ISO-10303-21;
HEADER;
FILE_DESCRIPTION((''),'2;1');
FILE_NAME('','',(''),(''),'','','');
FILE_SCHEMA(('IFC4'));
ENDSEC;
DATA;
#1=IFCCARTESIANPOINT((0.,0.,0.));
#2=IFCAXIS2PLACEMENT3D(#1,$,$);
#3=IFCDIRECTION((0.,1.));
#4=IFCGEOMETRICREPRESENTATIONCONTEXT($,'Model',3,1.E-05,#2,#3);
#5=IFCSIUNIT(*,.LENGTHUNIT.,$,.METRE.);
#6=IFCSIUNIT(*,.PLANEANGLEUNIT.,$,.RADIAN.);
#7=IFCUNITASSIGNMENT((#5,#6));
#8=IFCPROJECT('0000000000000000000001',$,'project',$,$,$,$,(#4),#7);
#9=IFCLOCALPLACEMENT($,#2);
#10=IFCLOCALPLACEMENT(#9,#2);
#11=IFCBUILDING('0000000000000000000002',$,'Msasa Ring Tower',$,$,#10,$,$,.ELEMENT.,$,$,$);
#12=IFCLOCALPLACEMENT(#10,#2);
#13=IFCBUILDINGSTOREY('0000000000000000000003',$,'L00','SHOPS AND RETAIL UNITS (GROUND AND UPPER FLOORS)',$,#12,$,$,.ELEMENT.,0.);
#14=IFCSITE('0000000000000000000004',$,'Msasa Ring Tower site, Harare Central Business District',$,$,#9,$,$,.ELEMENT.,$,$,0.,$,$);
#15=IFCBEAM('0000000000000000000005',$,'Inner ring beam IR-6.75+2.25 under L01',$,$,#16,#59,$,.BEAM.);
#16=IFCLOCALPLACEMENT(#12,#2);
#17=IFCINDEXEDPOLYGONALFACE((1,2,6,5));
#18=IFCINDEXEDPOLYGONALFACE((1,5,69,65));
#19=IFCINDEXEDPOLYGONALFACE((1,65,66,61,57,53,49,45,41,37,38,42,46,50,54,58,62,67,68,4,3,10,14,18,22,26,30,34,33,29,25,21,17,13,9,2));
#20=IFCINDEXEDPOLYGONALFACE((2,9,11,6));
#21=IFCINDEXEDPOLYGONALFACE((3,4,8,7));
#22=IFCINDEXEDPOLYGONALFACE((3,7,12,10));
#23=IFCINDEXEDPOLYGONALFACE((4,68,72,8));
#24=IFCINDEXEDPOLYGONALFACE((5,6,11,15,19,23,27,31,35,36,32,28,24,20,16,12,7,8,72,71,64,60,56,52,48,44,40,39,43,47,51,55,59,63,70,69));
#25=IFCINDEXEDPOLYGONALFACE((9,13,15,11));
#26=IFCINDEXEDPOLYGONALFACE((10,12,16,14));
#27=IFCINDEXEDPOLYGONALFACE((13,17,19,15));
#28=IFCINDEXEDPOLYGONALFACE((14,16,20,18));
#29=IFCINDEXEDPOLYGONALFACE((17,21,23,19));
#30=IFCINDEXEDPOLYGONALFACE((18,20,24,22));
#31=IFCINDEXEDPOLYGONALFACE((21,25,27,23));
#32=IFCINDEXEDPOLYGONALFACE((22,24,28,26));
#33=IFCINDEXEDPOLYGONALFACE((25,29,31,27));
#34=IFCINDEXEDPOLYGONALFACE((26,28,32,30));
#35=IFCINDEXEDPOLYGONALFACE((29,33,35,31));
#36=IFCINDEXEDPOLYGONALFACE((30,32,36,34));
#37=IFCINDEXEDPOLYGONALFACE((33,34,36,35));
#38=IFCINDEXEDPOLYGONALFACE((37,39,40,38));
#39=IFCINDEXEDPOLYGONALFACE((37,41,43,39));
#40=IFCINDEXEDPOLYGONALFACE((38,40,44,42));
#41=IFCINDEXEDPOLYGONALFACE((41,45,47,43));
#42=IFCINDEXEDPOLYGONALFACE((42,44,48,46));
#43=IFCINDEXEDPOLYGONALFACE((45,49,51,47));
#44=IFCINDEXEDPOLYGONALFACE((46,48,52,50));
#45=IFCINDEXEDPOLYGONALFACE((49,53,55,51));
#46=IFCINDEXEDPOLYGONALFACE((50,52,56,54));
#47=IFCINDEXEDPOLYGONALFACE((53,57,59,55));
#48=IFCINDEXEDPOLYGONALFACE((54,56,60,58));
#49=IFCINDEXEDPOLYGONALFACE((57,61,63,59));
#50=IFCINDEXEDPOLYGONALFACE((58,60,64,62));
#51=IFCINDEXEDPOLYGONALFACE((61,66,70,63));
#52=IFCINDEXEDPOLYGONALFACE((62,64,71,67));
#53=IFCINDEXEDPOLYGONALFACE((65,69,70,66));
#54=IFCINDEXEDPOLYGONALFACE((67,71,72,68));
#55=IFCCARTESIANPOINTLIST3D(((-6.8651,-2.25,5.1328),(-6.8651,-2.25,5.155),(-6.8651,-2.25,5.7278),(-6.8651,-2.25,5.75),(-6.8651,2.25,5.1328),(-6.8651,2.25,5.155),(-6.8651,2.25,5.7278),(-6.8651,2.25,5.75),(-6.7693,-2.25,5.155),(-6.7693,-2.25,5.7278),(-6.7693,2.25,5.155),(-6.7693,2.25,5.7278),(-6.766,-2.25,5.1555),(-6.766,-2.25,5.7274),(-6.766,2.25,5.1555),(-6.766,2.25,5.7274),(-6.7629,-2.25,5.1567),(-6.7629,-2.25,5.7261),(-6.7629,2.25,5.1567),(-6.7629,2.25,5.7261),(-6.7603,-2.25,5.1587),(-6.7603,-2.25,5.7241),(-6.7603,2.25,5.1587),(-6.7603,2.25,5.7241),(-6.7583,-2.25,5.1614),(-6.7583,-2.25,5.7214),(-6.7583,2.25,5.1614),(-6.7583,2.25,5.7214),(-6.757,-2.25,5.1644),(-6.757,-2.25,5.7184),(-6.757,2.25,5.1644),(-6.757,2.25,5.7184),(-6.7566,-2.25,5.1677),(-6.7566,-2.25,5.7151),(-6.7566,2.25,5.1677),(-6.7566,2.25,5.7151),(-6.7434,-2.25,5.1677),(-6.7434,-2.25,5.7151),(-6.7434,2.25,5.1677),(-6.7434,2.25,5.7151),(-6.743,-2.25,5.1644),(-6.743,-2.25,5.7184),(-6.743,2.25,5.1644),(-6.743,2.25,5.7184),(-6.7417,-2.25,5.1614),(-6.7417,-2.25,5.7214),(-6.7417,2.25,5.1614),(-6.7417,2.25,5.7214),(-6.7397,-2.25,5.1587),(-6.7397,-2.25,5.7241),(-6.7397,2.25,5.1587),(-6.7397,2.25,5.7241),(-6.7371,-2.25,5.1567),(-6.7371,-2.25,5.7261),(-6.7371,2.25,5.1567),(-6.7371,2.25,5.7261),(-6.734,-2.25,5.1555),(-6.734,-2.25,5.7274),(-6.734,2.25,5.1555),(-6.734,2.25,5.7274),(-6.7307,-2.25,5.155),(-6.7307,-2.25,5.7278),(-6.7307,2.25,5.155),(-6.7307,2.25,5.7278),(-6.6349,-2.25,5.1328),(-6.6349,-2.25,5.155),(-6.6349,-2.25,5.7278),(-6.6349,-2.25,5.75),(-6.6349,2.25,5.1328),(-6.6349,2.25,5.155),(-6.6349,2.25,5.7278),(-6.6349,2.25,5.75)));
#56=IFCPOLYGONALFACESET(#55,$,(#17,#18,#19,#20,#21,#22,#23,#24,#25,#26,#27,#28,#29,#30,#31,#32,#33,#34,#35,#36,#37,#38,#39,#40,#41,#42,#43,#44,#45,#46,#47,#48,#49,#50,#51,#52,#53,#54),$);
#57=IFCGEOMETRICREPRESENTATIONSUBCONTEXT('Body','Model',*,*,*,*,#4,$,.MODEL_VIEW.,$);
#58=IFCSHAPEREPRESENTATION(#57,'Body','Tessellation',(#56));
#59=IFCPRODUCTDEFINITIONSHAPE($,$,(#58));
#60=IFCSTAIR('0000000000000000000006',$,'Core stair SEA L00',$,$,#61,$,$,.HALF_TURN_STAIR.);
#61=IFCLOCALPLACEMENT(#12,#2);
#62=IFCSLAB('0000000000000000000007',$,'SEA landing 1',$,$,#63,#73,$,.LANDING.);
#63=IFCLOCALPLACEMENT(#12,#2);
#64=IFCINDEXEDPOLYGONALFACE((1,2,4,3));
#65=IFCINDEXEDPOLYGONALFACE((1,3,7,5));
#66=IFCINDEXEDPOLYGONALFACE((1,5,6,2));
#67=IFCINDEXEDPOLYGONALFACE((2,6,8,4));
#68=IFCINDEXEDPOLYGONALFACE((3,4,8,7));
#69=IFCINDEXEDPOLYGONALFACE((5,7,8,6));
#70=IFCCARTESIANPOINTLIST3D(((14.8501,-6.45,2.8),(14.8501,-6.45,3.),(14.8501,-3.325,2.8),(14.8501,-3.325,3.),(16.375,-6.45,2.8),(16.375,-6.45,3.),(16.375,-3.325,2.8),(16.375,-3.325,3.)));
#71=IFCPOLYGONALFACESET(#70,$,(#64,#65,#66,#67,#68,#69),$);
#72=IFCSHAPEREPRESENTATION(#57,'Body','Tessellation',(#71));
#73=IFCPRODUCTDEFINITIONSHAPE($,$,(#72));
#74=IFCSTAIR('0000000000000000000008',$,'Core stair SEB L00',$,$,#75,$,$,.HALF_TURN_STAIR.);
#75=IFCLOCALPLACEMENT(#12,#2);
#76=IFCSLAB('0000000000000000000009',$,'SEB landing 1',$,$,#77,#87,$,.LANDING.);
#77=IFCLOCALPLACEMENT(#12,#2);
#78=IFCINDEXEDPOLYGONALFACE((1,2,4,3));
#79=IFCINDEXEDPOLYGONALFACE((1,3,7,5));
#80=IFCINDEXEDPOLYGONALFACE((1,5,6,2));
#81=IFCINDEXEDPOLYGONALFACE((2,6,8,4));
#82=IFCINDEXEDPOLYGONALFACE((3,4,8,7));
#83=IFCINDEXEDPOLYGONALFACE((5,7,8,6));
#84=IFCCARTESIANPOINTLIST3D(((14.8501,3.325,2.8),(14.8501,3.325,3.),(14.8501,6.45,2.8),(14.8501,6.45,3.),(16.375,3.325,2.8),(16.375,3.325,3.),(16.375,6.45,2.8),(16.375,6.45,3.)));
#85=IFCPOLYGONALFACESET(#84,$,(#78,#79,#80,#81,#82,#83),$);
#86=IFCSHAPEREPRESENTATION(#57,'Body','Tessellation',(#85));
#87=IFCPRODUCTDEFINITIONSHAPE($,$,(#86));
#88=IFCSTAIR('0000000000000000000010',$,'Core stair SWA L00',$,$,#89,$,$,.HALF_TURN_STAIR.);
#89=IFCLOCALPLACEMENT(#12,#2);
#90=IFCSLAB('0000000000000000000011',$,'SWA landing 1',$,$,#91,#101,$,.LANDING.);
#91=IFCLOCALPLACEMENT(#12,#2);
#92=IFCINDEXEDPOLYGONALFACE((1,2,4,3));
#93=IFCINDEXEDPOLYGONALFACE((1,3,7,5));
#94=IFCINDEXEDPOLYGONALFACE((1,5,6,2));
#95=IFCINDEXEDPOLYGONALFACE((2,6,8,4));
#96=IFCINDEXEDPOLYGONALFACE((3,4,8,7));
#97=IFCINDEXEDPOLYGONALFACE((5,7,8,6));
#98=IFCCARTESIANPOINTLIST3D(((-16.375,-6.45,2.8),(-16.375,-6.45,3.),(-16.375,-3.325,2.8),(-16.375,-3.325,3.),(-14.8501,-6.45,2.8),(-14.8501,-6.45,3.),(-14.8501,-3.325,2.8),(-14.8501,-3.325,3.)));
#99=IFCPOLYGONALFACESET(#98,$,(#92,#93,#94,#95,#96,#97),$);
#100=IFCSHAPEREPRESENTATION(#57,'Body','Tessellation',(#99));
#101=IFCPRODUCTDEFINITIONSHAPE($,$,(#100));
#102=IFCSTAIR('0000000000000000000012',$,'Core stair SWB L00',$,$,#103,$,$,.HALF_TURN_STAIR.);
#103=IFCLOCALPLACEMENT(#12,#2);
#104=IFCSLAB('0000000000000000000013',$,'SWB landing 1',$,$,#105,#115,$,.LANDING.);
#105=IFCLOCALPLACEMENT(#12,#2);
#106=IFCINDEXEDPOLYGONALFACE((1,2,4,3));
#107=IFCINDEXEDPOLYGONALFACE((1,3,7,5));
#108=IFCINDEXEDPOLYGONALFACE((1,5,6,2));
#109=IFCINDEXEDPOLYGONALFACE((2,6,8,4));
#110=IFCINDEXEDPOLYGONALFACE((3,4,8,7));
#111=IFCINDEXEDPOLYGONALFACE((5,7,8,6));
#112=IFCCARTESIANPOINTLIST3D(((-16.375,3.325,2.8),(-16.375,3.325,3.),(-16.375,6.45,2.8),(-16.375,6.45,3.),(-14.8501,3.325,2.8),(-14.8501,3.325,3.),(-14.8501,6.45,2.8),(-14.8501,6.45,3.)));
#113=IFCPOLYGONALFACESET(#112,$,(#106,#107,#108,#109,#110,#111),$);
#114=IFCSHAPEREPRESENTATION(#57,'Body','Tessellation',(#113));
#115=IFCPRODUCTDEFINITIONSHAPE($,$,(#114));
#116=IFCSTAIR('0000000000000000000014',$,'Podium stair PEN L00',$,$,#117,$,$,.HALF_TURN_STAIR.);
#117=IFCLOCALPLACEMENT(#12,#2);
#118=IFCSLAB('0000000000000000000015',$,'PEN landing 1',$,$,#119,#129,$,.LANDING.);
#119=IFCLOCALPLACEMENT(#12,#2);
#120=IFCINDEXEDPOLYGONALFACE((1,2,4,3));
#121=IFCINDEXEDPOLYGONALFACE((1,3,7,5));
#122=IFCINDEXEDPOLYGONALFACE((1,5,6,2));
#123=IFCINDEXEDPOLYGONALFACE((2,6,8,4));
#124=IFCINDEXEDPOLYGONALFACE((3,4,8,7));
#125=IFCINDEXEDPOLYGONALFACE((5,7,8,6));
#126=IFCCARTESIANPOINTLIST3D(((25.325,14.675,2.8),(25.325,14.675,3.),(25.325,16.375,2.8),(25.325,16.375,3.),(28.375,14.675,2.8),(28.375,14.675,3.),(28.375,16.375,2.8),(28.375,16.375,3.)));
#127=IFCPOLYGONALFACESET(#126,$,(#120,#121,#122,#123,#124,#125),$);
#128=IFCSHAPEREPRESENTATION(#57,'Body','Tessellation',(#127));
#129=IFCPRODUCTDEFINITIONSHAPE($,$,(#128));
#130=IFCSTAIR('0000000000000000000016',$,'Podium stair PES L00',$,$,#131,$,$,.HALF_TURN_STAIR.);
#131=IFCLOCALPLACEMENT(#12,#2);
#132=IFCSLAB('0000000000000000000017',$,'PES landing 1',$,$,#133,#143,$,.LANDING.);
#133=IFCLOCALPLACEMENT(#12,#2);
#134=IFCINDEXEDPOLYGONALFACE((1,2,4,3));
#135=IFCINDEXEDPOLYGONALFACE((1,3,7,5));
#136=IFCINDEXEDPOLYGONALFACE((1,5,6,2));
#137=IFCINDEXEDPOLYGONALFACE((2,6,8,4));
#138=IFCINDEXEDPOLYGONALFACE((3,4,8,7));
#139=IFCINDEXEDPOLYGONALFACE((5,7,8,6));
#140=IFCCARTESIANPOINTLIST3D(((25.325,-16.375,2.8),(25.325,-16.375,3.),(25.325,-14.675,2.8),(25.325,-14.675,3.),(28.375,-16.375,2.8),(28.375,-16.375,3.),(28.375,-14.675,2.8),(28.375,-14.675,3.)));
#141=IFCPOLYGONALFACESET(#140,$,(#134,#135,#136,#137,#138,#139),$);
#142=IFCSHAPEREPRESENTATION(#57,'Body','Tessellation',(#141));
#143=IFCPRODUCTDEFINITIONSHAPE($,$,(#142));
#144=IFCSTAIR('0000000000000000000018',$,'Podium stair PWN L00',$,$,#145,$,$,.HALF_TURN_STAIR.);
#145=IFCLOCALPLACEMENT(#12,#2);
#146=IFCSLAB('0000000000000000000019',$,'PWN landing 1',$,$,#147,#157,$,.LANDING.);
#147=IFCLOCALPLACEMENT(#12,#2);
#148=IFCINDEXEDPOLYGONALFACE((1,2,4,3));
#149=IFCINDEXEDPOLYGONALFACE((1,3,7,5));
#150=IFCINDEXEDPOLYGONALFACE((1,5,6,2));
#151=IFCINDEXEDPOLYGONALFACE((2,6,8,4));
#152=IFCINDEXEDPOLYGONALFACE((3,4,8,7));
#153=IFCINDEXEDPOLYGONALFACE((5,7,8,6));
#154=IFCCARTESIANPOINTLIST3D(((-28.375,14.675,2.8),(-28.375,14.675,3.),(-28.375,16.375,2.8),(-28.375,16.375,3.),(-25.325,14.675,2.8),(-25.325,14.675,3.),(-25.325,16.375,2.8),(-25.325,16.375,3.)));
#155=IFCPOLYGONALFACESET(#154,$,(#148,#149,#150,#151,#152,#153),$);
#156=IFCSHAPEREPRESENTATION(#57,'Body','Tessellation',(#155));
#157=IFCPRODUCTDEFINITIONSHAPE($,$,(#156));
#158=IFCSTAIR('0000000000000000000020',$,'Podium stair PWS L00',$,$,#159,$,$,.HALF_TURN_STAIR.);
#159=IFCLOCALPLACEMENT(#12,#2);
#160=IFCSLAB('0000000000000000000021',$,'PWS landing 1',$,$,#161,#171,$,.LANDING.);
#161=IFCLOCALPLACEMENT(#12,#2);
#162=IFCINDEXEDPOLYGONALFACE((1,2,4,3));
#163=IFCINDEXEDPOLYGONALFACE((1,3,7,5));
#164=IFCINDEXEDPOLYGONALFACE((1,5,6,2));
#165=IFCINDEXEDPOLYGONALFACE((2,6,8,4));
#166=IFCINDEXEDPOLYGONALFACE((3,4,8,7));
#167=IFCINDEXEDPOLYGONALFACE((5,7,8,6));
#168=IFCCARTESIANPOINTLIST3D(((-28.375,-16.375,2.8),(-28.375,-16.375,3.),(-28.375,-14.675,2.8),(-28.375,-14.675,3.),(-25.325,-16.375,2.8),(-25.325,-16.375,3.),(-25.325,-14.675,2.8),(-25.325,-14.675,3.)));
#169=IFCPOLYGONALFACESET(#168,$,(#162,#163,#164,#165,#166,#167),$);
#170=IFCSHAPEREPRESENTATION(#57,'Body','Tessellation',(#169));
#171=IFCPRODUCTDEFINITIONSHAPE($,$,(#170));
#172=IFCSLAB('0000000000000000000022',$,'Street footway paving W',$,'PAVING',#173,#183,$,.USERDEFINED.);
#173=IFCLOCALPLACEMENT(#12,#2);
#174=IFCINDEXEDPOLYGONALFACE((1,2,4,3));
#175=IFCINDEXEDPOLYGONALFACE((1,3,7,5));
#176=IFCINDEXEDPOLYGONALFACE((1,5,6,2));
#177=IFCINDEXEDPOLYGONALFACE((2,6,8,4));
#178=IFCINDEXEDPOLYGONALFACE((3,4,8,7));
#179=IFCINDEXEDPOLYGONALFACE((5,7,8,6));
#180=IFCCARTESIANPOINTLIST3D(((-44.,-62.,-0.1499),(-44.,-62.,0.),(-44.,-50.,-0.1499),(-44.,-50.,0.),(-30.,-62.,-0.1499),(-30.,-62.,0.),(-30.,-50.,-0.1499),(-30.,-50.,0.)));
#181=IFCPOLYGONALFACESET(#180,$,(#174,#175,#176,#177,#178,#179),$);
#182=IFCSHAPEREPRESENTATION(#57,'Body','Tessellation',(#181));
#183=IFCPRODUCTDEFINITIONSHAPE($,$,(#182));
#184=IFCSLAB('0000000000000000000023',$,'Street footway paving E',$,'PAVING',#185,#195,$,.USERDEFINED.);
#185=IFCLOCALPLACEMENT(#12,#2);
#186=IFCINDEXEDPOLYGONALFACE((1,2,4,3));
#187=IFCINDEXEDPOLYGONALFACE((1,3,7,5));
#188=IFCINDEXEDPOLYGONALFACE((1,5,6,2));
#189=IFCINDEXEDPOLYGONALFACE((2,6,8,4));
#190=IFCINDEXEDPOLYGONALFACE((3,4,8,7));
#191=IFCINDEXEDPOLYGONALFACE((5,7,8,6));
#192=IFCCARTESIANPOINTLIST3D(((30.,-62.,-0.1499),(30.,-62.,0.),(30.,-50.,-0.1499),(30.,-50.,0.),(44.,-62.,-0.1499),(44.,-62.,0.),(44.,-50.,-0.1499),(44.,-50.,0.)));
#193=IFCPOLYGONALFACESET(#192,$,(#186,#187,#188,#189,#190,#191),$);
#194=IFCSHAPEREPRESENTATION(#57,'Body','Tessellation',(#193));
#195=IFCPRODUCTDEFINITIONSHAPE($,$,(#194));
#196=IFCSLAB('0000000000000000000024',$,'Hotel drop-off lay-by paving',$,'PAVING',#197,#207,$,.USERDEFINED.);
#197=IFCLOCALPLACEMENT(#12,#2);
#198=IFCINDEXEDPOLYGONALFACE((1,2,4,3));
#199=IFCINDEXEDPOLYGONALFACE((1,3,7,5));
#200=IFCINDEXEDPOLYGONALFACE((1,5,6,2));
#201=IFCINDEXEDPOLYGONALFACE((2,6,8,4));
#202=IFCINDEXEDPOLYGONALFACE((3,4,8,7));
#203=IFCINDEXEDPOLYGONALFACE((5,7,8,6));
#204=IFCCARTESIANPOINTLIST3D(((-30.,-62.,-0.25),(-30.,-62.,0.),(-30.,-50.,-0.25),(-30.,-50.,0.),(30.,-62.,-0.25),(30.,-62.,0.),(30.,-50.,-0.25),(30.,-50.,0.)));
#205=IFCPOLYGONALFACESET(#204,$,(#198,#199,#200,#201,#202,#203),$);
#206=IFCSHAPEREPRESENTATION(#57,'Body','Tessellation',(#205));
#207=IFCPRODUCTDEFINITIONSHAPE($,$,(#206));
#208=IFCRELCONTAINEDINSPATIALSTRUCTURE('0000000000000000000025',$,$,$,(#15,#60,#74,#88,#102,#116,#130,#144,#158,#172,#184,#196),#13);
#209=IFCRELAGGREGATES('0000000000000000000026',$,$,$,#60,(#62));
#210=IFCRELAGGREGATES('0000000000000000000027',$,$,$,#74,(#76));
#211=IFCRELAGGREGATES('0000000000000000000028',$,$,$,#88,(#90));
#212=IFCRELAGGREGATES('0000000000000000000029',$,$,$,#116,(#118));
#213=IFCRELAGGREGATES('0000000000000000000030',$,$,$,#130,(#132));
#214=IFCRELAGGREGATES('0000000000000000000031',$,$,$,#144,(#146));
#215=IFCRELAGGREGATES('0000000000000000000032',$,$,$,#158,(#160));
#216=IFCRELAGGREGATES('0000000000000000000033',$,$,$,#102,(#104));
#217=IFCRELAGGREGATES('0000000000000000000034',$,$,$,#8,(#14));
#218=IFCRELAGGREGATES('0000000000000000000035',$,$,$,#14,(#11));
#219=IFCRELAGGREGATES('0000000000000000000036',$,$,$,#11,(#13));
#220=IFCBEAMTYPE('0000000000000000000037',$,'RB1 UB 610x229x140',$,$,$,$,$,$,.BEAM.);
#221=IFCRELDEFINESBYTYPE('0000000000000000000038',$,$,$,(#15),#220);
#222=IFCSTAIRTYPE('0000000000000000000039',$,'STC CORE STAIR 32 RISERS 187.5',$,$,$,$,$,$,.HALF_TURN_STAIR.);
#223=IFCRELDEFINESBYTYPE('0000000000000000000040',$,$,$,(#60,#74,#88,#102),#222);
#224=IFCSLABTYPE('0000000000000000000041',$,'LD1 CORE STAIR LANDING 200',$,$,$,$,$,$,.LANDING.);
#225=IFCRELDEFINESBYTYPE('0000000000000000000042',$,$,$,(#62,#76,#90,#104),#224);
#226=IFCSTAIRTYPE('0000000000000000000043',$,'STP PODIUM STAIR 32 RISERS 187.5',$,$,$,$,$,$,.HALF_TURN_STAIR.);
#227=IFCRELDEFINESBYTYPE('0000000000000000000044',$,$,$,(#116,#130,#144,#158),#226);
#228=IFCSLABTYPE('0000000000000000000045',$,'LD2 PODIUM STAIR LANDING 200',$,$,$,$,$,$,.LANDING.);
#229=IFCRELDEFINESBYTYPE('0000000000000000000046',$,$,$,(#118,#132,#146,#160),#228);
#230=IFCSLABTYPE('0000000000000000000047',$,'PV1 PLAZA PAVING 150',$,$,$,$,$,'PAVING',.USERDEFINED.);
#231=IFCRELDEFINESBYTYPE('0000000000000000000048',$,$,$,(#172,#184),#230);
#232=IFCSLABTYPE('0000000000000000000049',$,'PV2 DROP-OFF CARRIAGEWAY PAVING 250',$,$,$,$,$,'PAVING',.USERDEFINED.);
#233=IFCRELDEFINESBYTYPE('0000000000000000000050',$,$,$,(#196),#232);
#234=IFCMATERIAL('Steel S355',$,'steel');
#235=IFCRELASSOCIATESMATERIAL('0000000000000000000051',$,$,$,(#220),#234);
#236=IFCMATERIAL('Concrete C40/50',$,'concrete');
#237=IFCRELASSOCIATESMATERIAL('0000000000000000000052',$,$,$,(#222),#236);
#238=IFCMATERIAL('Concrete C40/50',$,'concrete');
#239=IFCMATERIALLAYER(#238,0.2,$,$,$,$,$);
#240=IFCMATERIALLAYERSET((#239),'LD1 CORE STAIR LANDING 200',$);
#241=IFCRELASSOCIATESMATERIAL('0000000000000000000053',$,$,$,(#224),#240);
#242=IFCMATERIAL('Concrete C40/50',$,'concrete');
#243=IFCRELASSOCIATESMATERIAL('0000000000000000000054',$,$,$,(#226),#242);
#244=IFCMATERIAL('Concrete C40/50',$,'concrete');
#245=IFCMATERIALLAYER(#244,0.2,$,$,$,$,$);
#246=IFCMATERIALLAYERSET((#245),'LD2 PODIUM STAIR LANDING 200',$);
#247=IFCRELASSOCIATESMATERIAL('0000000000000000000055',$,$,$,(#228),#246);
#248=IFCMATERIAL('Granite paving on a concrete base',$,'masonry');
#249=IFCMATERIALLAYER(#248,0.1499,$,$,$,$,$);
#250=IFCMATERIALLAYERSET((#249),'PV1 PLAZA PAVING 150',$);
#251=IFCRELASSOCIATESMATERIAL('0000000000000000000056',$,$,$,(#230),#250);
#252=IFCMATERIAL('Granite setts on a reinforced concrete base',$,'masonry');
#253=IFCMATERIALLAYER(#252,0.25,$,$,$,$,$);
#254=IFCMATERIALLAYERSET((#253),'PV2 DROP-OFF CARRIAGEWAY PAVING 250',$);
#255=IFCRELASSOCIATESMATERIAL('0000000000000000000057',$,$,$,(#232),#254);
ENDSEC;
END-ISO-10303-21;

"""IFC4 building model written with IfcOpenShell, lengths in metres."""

from ifc_helpers import new_model, si_unit, direction, frame, origin, origin_2d, place, context, subcontext, project, spatial, polyline, i_section, outline, extrude, material, layer, layer_set, material_profile, profile_set, type_object, element, aggregate, save


model = new_model("IFC4")

# Units and contexts
model_context = context("Model", 3, precision=1e-05, world=origin(), true_north=direction((0.0, 1.0)))
body_context = subcontext(model_context, "Body", "Model", "MODEL_VIEW")
ifc_project = project(units=[si_unit("LENGTHUNIT", "METRE"), si_unit("PLANEANGLEUNIT", "RADIAN")], contexts=[model_context])

# Site, building, storey
site_placement = place(None, origin())
site = spatial("IfcSite", under=ifc_project, at=site_placement, Name="Msasa Ring Tower site, Harare Central Business District", CompositionType="ELEMENT", RefElevation=0.0)
building_placement = place(site_placement, origin())
building = spatial("IfcBuilding", under=site, at=building_placement, Name="Msasa Ring Tower", CompositionType="ELEMENT")
storey_placement = place(building_placement, origin())
storey = spatial("IfcBuildingStorey", under=building, at=storey_placement, Name="L00", Description="SHOPS AND RETAIL UNITS (GROUND AND UPPER FLOORS)", CompositionType="ELEMENT", Elevation=0.0)

# Beam
ifc_material_1 = material(Name="Steel S355", Category="steel")
ifc_material_profile_1 = material_profile(ifc_material_1, i_section(OverallWidth=0.2302, OverallDepth=0.6172, WebThickness=0.0132, FlangeThickness=0.0222, FilletRadius=0.0127, at=origin_2d()), Name="UB 610x229x140")
ifc_profile_set_1 = profile_set([ifc_material_profile_1], Name="Steel S355")
beam_type_1 = type_object("IfcBeamType", Name="RB1 UB 610x229x140", PredefinedType="BEAM", material=ifc_profile_set_1)
beam_1_placement = place(storey_placement, frame((-6.75, 2.25, 5.4414), z_axis=(0.0, -1.0, 0.0), x_axis=(1.0, 0.0, 0.0)))
element("IfcBeam", 1, at=beam_1_placement, inside=storey, type_object=beam_type_1, Name="Inner ring beam IR-6.75+2.25 under L01", PredefinedType="BEAM", context=body_context, shape_type="SweptSolid", body=[
    extrude(i_section(OverallWidth=0.2302, OverallDepth=0.6172, WebThickness=0.0132, FlangeThickness=0.0222, FilletRadius=0.0127, at=origin_2d()), origin(), (0.0, 0.0, 1.0), 4.5),
])

# Stairs, slabs
ifc_material_2 = material(Name="Concrete C40/50", Category="concrete")
stair_type_1 = type_object("IfcStairType", Name="STC CORE STAIR 32 RISERS 187.5", PredefinedType="HALF_TURN_STAIR", material=ifc_material_2)
stair_1_placement = place(storey_placement, origin())
stair_1 = element("IfcStair", 2, at=stair_1_placement, inside=storey, type_object=stair_type_1, Name="Core stair SEA L00", PredefinedType="HALF_TURN_STAIR")
ifc_material_3 = material(Name="Concrete C40/50", Category="concrete")
ifc_layer_1 = layer(ifc_material_3, 0.2)
ifc_layer_set_1 = layer_set([ifc_layer_1], Name="LD1 CORE STAIR LANDING 200")
slab_type_1 = type_object("IfcSlabType", Name="LD1 CORE STAIR LANDING 200", PredefinedType="LANDING", material=ifc_layer_set_1)
slab_1_placement = place(storey_placement, frame((0.0, 0.0, 2.8)))
slab_1 = element("IfcSlab", 3, at=slab_1_placement, type_object=slab_type_1, Name="SEA landing 1", PredefinedType="LANDING", context=body_context, shape_type="SweptSolid", body=[
    extrude(outline(polyline([(14.8501, -6.45), (16.375, -6.45), (16.375, -3.325), (14.8501, -3.325), (14.8501, -6.45)])), origin(), (0.0, 0.0, 1.0), 0.2),
])
aggregate(stair_1, [slab_1])
stair_2_placement = place(storey_placement, origin())
stair_2 = element("IfcStair", 4, at=stair_2_placement, inside=storey, type_object=stair_type_1, Name="Core stair SEB L00", PredefinedType="HALF_TURN_STAIR")
slab_2_placement = place(storey_placement, frame((0.0, 0.0, 2.8)))
slab_2 = element("IfcSlab", 5, at=slab_2_placement, type_object=slab_type_1, Name="SEB landing 1", PredefinedType="LANDING", context=body_context, shape_type="SweptSolid", body=[
    extrude(outline(polyline([(14.8501, 3.325), (16.375, 3.325), (16.375, 6.45), (14.8501, 6.45), (14.8501, 3.325)])), origin(), (0.0, 0.0, 1.0), 0.2),
])
aggregate(stair_2, [slab_2])
stair_3_placement = place(storey_placement, origin())
stair_3 = element("IfcStair", 6, at=stair_3_placement, inside=storey, type_object=stair_type_1, Name="Core stair SWA L00", PredefinedType="HALF_TURN_STAIR")
slab_3_placement = place(storey_placement, frame((0.0, 0.0, 2.8)))
slab_3 = element("IfcSlab", 7, at=slab_3_placement, type_object=slab_type_1, Name="SWA landing 1", PredefinedType="LANDING", context=body_context, shape_type="SweptSolid", body=[
    extrude(outline(polyline([(-16.375, -6.45), (-14.8501, -6.45), (-14.8501, -3.325), (-16.375, -3.325), (-16.375, -6.45)])), origin(), (0.0, 0.0, 1.0), 0.2),
])
aggregate(stair_3, [slab_3])
stair_4_placement = place(storey_placement, origin())
stair_4 = element("IfcStair", 8, at=stair_4_placement, inside=storey, type_object=stair_type_1, Name="Core stair SWB L00", PredefinedType="HALF_TURN_STAIR")
slab_4_placement = place(storey_placement, frame((0.0, 0.0, 2.8)))
slab_4 = element("IfcSlab", 9, at=slab_4_placement, type_object=slab_type_1, Name="SWB landing 1", PredefinedType="LANDING", context=body_context, shape_type="SweptSolid", body=[
    extrude(outline(polyline([(-16.375, 3.325), (-14.8501, 3.325), (-14.8501, 6.45), (-16.375, 6.45), (-16.375, 3.325)])), origin(), (0.0, 0.0, 1.0), 0.2),
])
ifc_material_4 = material(Name="Concrete C40/50", Category="concrete")
stair_type_2 = type_object("IfcStairType", Name="STP PODIUM STAIR 32 RISERS 187.5", PredefinedType="HALF_TURN_STAIR", material=ifc_material_4)
stair_5_placement = place(storey_placement, origin())
stair_5 = element("IfcStair", 10, at=stair_5_placement, inside=storey, type_object=stair_type_2, Name="Podium stair PEN L00", PredefinedType="HALF_TURN_STAIR")
ifc_material_5 = material(Name="Concrete C40/50", Category="concrete")
ifc_layer_2 = layer(ifc_material_5, 0.2)
ifc_layer_set_2 = layer_set([ifc_layer_2], Name="LD2 PODIUM STAIR LANDING 200")
slab_type_2 = type_object("IfcSlabType", Name="LD2 PODIUM STAIR LANDING 200", PredefinedType="LANDING", material=ifc_layer_set_2)
slab_5_placement = place(storey_placement, frame((0.0, 0.0, 2.8)))
slab_5 = element("IfcSlab", 11, at=slab_5_placement, type_object=slab_type_2, Name="PEN landing 1", PredefinedType="LANDING", context=body_context, shape_type="SweptSolid", body=[
    extrude(outline(polyline([(25.325, 14.675), (28.375, 14.675), (28.375, 16.375), (25.325, 16.375), (25.325, 14.675)])), origin(), (0.0, 0.0, 1.0), 0.2),
])
aggregate(stair_5, [slab_5])
stair_6_placement = place(storey_placement, origin())
stair_6 = element("IfcStair", 12, at=stair_6_placement, inside=storey, type_object=stair_type_2, Name="Podium stair PES L00", PredefinedType="HALF_TURN_STAIR")
slab_6_placement = place(storey_placement, frame((0.0, 0.0, 2.8)))
slab_6 = element("IfcSlab", 13, at=slab_6_placement, type_object=slab_type_2, Name="PES landing 1", PredefinedType="LANDING", context=body_context, shape_type="SweptSolid", body=[
    extrude(outline(polyline([(25.325, -16.375), (28.375, -16.375), (28.375, -14.675), (25.325, -14.675), (25.325, -16.375)])), origin(), (0.0, 0.0, 1.0), 0.2),
])
aggregate(stair_6, [slab_6])
stair_7_placement = place(storey_placement, origin())
stair_7 = element("IfcStair", 14, at=stair_7_placement, inside=storey, type_object=stair_type_2, Name="Podium stair PWN L00", PredefinedType="HALF_TURN_STAIR")
slab_7_placement = place(storey_placement, frame((0.0, 0.0, 2.8)))
slab_7 = element("IfcSlab", 15, at=slab_7_placement, type_object=slab_type_2, Name="PWN landing 1", PredefinedType="LANDING", context=body_context, shape_type="SweptSolid", body=[
    extrude(outline(polyline([(-28.375, 14.675), (-25.325, 14.675), (-25.325, 16.375), (-28.375, 16.375), (-28.375, 14.675)])), origin(), (0.0, 0.0, 1.0), 0.2),
])
aggregate(stair_7, [slab_7])
stair_8_placement = place(storey_placement, origin())
stair_8 = element("IfcStair", 16, at=stair_8_placement, inside=storey, type_object=stair_type_2, Name="Podium stair PWS L00", PredefinedType="HALF_TURN_STAIR")
slab_8_placement = place(storey_placement, frame((0.0, 0.0, 2.8)))
slab_8 = element("IfcSlab", 17, at=slab_8_placement, type_object=slab_type_2, Name="PWS landing 1", PredefinedType="LANDING", context=body_context, shape_type="SweptSolid", body=[
    extrude(outline(polyline([(-28.375, -16.375), (-25.325, -16.375), (-25.325, -14.675), (-28.375, -14.675), (-28.375, -16.375)])), origin(), (0.0, 0.0, 1.0), 0.2),
])
aggregate(stair_8, [slab_8])

# Slabs
ifc_material_6 = material(Name="Granite paving on a concrete base", Category="masonry")
ifc_layer_3 = layer(ifc_material_6, 0.1499)
ifc_layer_set_3 = layer_set([ifc_layer_3], Name="PV1 PLAZA PAVING 150")
slab_type_3 = type_object("IfcSlabType", Name="PV1 PLAZA PAVING 150", ElementType="PAVING", PredefinedType="USERDEFINED", material=ifc_layer_set_3)
slab_9_placement = place(storey_placement, frame((0.0, 0.0, -0.1499)))
element("IfcSlab", 18, at=slab_9_placement, inside=storey, type_object=slab_type_3, Name="Street footway paving W", ObjectType="PAVING", PredefinedType="USERDEFINED", context=body_context, shape_type="SweptSolid", body=[
    extrude(outline(polyline([(-44.0, -62.0), (-30.0, -62.0), (-30.0, -50.0), (-44.0, -50.0), (-44.0, -62.0)])), origin(), (0.0, 0.0, 1.0), 0.1499),
])
slab_10_placement = place(storey_placement, frame((0.0, 0.0, -0.1499)))
element("IfcSlab", 19, at=slab_10_placement, inside=storey, type_object=slab_type_3, Name="Street footway paving E", ObjectType="PAVING", PredefinedType="USERDEFINED", context=body_context, shape_type="SweptSolid", body=[
    extrude(outline(polyline([(30.0, -62.0), (44.0, -62.0), (44.0, -50.0), (30.0, -50.0), (30.0, -62.0)])), origin(), (0.0, 0.0, 1.0), 0.1499),
])
ifc_material_7 = material(Name="Granite setts on a reinforced concrete base", Category="masonry")
ifc_layer_4 = layer(ifc_material_7, 0.25)
ifc_layer_set_4 = layer_set([ifc_layer_4], Name="PV2 DROP-OFF CARRIAGEWAY PAVING 250")
slab_type_4 = type_object("IfcSlabType", Name="PV2 DROP-OFF CARRIAGEWAY PAVING 250", ElementType="PAVING", PredefinedType="USERDEFINED", material=ifc_layer_set_4)
slab_11_placement = place(storey_placement, frame((0.0, 0.0, -0.25)))
element("IfcSlab", 20, at=slab_11_placement, inside=storey, type_object=slab_type_4, Name="Hotel drop-off lay-by paving", ObjectType="PAVING", PredefinedType="USERDEFINED", context=body_context, shape_type="SweptSolid", body=[
    extrude(outline(polyline([(-30.0, -62.0), (30.0, -62.0), (30.0, -50.0), (-30.0, -50.0), (-30.0, -62.0)])), origin(), (0.0, 0.0, 1.0), 0.25),
])

aggregate(stair_4, [slab_4])

save(model, "model.ifc")
